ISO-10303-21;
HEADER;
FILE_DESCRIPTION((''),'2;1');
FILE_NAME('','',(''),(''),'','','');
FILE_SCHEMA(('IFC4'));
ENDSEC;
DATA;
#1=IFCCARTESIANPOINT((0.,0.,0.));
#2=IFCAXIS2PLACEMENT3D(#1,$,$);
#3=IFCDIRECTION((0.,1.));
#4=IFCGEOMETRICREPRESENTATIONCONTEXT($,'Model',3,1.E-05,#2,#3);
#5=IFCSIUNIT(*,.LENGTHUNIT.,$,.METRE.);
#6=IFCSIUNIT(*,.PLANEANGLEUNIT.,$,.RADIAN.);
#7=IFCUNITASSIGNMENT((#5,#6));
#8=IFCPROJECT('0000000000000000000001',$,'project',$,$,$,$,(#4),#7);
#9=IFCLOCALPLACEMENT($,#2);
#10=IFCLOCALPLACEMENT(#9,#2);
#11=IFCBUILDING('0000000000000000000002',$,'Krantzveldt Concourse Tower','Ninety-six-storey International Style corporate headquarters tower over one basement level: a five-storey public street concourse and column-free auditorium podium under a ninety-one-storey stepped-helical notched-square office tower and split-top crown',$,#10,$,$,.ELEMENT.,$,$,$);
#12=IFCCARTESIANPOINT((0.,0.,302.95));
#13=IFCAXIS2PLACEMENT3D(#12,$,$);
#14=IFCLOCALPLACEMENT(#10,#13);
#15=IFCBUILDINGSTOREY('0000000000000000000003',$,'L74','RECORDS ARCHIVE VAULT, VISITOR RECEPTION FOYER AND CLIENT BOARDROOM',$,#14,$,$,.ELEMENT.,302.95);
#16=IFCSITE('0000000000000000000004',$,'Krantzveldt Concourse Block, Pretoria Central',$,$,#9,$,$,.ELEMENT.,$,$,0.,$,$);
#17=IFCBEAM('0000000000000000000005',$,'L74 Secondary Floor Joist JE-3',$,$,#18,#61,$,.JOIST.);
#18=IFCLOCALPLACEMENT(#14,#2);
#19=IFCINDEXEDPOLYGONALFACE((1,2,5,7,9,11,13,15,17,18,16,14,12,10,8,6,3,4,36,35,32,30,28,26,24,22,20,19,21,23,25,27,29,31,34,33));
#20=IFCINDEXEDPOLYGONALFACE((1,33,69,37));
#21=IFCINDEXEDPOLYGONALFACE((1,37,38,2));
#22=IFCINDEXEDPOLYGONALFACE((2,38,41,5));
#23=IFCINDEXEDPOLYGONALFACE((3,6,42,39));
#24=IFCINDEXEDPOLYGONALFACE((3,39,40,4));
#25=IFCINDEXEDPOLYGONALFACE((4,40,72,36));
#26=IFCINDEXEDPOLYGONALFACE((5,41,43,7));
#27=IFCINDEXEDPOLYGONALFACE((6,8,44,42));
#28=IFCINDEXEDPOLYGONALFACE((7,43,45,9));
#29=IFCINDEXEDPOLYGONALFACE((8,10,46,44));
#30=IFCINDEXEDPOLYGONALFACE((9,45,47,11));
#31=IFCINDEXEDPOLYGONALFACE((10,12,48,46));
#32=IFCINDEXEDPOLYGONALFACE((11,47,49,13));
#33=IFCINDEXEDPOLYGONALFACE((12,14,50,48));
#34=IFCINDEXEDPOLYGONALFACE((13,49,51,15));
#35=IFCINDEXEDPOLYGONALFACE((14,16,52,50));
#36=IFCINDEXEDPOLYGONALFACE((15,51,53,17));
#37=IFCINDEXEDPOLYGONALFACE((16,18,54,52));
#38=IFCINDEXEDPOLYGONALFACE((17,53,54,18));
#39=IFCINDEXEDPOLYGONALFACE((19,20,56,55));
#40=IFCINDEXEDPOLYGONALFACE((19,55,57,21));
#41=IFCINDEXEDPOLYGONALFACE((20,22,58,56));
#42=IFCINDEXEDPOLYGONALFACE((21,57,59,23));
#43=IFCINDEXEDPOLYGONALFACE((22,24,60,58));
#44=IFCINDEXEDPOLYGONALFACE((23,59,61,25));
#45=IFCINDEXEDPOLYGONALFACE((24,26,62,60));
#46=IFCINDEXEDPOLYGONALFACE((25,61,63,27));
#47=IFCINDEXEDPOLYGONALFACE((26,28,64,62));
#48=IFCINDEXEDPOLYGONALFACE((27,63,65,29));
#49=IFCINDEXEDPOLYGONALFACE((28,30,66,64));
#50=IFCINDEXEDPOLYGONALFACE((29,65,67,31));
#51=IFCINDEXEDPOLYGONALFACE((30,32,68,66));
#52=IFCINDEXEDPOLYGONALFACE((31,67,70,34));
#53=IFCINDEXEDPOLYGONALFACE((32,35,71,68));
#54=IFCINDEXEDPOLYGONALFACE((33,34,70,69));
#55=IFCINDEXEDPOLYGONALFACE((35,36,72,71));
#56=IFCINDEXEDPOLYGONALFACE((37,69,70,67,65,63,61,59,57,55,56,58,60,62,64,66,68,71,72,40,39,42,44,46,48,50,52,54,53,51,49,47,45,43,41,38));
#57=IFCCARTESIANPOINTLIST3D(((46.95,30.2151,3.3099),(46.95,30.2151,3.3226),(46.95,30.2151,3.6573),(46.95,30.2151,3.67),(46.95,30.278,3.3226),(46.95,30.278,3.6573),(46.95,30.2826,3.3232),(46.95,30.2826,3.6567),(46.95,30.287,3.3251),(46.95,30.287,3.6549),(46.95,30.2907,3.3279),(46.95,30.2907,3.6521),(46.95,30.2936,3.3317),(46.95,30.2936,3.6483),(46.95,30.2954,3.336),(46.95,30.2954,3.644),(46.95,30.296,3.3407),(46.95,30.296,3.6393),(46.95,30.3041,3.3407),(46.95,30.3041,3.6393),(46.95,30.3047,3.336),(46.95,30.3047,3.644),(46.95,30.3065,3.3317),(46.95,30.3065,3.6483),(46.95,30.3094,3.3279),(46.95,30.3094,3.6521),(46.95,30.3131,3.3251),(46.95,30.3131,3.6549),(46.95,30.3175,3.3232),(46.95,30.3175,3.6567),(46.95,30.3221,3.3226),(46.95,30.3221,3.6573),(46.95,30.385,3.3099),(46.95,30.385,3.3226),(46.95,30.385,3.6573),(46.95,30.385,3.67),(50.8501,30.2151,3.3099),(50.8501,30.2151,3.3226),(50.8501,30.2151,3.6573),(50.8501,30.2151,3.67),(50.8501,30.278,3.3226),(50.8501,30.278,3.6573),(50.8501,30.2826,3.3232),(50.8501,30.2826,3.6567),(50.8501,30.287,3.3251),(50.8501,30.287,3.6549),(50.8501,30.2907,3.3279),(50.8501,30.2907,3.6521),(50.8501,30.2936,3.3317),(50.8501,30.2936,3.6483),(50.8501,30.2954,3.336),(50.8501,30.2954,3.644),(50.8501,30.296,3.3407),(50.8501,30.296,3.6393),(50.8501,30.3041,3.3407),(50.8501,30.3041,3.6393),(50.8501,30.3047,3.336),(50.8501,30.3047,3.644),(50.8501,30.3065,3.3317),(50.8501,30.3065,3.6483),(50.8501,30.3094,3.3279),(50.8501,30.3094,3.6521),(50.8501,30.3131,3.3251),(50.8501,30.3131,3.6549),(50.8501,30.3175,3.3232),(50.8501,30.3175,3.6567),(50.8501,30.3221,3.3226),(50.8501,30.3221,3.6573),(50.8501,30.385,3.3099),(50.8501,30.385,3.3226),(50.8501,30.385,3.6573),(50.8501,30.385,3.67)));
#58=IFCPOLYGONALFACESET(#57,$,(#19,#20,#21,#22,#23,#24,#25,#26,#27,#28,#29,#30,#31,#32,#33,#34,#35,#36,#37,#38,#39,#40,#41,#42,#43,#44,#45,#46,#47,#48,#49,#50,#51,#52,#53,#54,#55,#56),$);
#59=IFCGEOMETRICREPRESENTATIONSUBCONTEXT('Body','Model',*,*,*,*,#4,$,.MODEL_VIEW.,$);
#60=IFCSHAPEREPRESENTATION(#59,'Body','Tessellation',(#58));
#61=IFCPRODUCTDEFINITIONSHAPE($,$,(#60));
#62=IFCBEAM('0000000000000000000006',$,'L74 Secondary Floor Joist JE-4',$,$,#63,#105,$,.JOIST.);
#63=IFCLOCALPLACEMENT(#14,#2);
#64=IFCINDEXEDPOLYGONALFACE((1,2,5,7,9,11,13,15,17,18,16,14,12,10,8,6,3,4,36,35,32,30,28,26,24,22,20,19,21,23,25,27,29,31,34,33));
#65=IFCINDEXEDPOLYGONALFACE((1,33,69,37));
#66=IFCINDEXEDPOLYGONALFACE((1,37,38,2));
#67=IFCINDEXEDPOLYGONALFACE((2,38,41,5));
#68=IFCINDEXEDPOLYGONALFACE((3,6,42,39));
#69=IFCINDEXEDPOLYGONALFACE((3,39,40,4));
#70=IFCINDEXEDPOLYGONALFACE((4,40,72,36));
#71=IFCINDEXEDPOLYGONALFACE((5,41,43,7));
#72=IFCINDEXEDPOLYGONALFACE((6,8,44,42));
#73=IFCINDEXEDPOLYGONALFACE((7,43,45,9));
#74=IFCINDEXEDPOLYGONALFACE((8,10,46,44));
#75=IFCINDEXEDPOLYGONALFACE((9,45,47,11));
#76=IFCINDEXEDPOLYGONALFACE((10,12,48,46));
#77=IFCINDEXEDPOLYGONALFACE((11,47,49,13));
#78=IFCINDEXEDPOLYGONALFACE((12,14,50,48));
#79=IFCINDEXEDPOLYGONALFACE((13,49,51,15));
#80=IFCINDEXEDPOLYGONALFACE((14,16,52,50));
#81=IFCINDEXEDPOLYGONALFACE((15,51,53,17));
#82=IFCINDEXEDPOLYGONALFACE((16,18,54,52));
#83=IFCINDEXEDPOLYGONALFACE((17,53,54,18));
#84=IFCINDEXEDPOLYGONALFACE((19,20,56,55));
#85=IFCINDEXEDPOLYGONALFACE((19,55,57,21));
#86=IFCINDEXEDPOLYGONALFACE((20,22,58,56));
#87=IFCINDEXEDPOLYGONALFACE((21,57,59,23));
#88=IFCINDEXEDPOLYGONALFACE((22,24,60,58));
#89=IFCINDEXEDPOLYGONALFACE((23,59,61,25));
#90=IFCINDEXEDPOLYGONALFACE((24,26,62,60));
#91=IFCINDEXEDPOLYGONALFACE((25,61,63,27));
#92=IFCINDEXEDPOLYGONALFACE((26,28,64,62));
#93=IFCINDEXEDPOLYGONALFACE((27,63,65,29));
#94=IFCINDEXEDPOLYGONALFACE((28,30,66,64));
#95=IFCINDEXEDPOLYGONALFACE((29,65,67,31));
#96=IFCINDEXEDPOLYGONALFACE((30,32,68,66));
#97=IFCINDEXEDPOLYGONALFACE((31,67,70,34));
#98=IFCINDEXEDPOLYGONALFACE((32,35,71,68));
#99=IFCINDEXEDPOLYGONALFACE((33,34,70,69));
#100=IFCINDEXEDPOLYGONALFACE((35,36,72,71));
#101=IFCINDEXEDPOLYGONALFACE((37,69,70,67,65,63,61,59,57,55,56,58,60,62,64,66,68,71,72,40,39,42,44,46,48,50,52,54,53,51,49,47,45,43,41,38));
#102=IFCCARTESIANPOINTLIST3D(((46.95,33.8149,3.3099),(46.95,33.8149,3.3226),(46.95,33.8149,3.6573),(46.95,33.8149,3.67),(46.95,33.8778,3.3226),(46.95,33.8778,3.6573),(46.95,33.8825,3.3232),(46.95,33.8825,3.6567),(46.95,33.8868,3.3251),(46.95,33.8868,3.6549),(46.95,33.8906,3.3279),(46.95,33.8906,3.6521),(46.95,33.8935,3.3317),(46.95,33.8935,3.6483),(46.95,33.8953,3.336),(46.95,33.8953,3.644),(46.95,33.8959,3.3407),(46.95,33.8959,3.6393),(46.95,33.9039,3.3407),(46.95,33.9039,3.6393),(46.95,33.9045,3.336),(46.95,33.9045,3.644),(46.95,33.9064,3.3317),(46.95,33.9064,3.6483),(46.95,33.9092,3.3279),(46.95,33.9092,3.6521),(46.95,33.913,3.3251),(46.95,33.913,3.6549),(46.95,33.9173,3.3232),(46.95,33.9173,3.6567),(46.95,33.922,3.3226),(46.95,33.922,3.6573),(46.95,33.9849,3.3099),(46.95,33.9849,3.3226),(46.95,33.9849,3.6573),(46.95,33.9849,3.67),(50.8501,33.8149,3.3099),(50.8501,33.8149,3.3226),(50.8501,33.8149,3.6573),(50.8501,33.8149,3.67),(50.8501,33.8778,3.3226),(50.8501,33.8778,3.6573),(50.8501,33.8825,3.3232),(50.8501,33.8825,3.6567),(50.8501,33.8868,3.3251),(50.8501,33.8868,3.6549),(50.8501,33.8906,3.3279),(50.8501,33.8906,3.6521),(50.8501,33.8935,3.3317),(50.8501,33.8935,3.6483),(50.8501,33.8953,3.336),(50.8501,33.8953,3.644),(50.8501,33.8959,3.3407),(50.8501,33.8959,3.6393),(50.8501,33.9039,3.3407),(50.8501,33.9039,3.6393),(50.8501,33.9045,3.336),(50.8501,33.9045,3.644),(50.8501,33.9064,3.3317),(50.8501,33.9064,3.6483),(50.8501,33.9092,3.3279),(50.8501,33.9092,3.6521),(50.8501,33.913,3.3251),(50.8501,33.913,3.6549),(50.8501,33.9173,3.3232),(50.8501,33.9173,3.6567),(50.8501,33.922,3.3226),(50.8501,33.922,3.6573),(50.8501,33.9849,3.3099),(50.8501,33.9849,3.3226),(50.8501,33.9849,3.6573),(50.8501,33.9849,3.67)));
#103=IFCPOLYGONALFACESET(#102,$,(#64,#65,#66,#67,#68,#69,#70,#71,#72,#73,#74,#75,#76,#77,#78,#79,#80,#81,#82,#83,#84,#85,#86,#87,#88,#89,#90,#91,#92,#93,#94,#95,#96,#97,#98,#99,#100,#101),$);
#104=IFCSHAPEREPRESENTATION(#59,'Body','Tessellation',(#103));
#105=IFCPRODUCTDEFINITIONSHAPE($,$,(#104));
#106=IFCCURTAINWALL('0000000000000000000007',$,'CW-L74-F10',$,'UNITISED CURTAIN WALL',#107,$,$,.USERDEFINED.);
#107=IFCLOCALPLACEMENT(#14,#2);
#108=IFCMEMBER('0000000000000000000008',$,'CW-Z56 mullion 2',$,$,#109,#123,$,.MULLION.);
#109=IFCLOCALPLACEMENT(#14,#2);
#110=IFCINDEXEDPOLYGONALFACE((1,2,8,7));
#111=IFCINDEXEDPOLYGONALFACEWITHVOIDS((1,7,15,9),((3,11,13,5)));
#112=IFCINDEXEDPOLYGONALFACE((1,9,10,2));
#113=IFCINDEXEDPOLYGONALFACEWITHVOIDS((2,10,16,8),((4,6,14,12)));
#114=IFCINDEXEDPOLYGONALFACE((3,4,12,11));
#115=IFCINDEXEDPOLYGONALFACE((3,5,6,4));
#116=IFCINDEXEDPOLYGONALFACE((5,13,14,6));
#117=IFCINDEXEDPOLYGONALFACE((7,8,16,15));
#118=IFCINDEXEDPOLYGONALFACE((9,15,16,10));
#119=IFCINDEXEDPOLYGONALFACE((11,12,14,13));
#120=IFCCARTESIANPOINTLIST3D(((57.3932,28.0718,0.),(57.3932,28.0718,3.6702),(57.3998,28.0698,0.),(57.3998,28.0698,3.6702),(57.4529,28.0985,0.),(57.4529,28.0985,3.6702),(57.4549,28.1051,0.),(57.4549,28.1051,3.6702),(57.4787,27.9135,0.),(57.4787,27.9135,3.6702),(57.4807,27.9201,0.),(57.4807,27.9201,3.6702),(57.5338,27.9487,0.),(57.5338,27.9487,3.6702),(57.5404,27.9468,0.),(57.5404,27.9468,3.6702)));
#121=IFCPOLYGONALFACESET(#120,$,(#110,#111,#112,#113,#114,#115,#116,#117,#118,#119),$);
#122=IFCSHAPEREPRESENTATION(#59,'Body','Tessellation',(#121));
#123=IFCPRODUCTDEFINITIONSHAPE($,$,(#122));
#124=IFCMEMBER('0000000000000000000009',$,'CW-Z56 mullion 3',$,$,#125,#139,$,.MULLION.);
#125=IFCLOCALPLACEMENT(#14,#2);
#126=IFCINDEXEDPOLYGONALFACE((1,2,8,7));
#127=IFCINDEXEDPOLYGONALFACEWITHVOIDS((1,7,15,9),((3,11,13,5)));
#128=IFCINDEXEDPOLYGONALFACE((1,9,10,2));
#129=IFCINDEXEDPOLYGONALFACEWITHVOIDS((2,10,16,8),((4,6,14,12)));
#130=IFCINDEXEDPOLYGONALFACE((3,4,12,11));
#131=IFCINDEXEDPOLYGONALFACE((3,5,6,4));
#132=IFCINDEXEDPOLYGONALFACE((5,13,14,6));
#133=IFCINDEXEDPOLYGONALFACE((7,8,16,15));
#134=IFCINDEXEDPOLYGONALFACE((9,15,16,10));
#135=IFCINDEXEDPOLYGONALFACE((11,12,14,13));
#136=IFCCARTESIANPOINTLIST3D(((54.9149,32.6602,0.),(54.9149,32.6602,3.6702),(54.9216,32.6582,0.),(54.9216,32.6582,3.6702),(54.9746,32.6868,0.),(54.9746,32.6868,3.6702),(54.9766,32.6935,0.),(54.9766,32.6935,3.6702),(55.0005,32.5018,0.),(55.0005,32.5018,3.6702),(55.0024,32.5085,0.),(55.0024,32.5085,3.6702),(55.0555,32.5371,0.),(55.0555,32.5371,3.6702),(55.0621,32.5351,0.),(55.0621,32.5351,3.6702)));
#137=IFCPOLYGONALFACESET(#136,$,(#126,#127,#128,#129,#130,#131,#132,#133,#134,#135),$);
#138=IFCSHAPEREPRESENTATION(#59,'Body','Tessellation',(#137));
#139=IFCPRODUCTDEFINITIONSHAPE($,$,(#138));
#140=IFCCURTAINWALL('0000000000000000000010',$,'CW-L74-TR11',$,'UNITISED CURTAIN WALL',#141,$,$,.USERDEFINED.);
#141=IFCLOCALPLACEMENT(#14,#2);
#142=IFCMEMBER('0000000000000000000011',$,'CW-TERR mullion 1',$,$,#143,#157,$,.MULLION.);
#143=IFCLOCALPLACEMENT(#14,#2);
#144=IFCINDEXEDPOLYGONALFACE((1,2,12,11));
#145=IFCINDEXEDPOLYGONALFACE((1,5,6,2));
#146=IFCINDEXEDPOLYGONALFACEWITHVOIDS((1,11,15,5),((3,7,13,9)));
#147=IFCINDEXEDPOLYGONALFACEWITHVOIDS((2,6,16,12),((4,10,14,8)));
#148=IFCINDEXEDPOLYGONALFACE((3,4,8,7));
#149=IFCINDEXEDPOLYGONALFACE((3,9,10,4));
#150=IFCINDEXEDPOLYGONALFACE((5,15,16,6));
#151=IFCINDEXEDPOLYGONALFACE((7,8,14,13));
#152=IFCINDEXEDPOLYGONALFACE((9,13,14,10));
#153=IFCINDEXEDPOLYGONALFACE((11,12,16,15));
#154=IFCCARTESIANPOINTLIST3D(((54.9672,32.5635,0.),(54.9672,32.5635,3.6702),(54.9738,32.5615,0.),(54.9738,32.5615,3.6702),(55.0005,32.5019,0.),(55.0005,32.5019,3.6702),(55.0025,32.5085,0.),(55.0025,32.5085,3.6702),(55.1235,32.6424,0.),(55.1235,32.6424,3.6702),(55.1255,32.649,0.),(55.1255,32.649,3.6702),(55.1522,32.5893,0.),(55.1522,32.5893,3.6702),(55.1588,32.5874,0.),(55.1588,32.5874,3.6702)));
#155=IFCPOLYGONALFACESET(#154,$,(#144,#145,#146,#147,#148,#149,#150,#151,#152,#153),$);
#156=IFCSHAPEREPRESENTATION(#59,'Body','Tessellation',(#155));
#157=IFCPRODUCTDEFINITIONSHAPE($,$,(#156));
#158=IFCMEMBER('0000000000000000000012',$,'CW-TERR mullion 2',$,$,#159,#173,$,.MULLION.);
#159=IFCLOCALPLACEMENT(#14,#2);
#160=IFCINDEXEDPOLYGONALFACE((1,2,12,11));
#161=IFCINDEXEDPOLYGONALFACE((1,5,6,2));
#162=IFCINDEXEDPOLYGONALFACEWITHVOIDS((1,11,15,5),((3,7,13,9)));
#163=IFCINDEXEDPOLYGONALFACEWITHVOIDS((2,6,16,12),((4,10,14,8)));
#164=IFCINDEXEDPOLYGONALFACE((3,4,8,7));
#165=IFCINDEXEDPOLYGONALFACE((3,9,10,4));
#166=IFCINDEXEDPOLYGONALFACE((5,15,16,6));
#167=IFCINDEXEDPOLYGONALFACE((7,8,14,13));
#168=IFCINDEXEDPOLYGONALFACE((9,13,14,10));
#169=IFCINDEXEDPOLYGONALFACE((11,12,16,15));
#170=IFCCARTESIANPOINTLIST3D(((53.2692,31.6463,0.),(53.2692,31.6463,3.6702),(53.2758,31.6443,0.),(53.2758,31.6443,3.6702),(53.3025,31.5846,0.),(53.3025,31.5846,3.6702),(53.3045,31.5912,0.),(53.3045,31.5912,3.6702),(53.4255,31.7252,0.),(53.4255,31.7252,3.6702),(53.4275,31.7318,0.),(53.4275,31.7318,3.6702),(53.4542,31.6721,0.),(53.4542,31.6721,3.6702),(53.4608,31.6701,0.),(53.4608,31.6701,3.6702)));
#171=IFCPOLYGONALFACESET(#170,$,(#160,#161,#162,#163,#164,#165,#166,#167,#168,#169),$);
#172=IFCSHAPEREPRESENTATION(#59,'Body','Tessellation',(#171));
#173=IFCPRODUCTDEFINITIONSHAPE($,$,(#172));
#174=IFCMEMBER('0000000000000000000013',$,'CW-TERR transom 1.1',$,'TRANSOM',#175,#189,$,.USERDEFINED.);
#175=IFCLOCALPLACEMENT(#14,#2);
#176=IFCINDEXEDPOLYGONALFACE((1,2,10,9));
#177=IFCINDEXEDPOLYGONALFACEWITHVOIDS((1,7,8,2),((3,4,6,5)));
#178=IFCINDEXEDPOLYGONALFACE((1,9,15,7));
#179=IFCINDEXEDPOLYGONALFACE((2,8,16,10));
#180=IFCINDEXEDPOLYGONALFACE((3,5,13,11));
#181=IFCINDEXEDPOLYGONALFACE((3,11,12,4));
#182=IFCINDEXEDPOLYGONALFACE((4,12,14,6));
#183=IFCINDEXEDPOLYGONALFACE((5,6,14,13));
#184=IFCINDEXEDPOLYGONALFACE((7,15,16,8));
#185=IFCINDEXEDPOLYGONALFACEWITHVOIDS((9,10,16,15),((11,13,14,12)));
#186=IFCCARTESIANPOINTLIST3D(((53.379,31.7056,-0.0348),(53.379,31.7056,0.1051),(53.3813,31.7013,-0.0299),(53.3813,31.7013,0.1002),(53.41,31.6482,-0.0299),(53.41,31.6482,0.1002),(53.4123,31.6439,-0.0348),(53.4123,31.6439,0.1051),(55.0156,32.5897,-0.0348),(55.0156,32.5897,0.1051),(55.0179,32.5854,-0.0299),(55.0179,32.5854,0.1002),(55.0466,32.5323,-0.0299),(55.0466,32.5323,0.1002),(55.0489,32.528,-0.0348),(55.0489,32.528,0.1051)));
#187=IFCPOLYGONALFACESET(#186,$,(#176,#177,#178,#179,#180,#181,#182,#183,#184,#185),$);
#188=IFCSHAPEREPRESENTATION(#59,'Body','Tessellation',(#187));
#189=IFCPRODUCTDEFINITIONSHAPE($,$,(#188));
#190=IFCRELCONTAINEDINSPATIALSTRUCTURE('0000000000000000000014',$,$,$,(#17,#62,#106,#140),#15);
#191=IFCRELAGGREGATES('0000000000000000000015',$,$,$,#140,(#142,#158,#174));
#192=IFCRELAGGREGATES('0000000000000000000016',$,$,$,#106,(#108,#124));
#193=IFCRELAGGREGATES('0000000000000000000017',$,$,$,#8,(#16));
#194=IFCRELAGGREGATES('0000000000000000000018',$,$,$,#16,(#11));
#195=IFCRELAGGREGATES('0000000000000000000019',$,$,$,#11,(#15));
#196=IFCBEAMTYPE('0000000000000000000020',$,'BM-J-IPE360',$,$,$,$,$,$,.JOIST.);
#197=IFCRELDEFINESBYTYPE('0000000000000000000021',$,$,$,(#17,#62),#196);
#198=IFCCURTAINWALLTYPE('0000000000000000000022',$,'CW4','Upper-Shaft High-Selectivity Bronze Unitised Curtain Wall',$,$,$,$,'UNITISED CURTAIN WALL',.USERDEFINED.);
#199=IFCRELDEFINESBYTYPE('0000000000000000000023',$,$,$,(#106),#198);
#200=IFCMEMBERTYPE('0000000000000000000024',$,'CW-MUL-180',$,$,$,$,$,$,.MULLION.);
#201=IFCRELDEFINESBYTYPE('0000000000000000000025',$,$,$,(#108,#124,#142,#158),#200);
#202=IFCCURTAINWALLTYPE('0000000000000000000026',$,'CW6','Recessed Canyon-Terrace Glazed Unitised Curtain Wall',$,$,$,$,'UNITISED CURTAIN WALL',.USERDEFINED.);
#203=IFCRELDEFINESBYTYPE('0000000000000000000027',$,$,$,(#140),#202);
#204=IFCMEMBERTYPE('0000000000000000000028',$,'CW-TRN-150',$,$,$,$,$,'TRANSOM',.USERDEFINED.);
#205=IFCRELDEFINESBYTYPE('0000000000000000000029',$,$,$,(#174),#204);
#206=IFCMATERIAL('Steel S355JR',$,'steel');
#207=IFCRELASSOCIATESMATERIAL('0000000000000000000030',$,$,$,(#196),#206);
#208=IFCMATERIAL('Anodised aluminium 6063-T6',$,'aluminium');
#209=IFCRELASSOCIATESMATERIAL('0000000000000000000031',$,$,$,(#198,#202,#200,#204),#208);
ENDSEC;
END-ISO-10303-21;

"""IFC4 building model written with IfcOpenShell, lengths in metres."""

from ifc_helpers import new_model, si_unit, direction, frame, origin, origin_2d, place, context, subcontext, project, spatial, hollow_rectangle, i_section, extrude, source, transform, mapped, material, material_profile, profile_set, type_object, type_shapes, element, aggregate, save


model = new_model("IFC4")

# Units and contexts
model_context = context("Model", 3, precision=1e-05, world=origin(), true_north=direction((0.0, 1.0)))
body_context = subcontext(model_context, "Body", "Model", "MODEL_VIEW")
ifc_project = project(units=[si_unit("LENGTHUNIT", "METRE"), si_unit("PLANEANGLEUNIT", "RADIAN")], contexts=[model_context])

# Site, building, storey
site_placement = place(None, origin())
site = spatial("IfcSite", under=ifc_project, at=site_placement, Name="Krantzveldt Concourse Block, Pretoria Central", CompositionType="ELEMENT", RefElevation=0.0)
building_placement = place(site_placement, origin())
building = spatial("IfcBuilding", under=site, at=building_placement, Name="Krantzveldt Concourse Tower", Description="Ninety-six-storey International Style corporate headquarters tower over one basement level: a five-storey public street concourse and column-free auditorium podium under a ninety-one-storey stepped-helical notched-square office tower and split-top crown", CompositionType="ELEMENT")
storey_placement = place(building_placement, frame((0.0, 0.0, 302.95)))
storey = spatial("IfcBuildingStorey", under=building, at=storey_placement, Name="L74", Description="RECORDS ARCHIVE VAULT, VISITOR RECEPTION FOYER AND CLIENT BOARDROOM", CompositionType="ELEMENT", Elevation=302.95)

# Beams
ifc_material_1 = material(Name="Steel S355JR", Category="steel")
ifc_material_profile_1 = material_profile(ifc_material_1, i_section(OverallWidth=0.1699, OverallDepth=0.3601, WebThickness=0.0081, FlangeThickness=0.0127, FilletRadius=0.0181, at=origin_2d()), Name="Steel S355JR", Category="steel")
ifc_profile_set_1 = profile_set([ifc_material_profile_1], Name="Steel S355JR - IPE 360")
beam_type_1 = type_object("IfcBeamType", Name="BM-J-IPE360", PredefinedType="JOIST", material=ifc_profile_set_1)
shared_shape_1 = source(origin(), body_context, "Body", "SweptSolid", [
    extrude(i_section(OverallWidth=0.1699, OverallDepth=0.3601, WebThickness=0.0081, FlangeThickness=0.0127, FilletRadius=0.0181, at=origin_2d()), origin(), (0.0, 0.0, 1.0), 3.9001),
])
type_shapes(beam_type_1, [shared_shape_1])
for number, where, z_axis, x_axis, name in (
    (1, (46.95, 30.3, 3.49), (1.0, 0.0, 0.0), (0.0, 1.0, 0.0), "L74 Secondary Floor Joist JE-3"),
    (2, (46.95, 33.8999, 3.49), (1.0, 0.0, 0.0), (0.0, 1.0, 0.0), "L74 Secondary Floor Joist JE-4"),
):
    element("IfcBeam", number, at=place(storey_placement, frame(where, z_axis=z_axis, x_axis=x_axis)), inside=storey, type_object=beam_type_1, Name=name, PredefinedType="JOIST", context=body_context, shape_type="MappedRepresentation", body=[
        mapped(shared_shape_1, transform((0.0, 0.0, 0.0), x_axis=(1.0, 0.0, 0.0), y_axis=(0.0, 1.0, 0.0), z_axis=(0.0, 0.0, 1.0), scale=1.0)),
    ])

# Curtain walls, members
ifc_material_2 = material(Name="Anodised aluminium 6063-T6", Category="aluminium")
curtain_wall_type_1 = type_object("IfcCurtainWallType", Name="CW4", Description="Upper-Shaft High-Selectivity Bronze Unitised Curtain Wall", ElementType="UNITISED CURTAIN WALL", PredefinedType="USERDEFINED", material=ifc_material_2)
curtain_wall_1_placement = place(storey_placement, origin())
curtain_wall_1 = element("IfcCurtainWall", 3, at=curtain_wall_1_placement, inside=storey, type_object=curtain_wall_type_1, Name="CW-L74-F10", ObjectType="UNITISED CURTAIN WALL", PredefinedType="USERDEFINED")
ifc_material_profile_2 = material_profile(ifc_material_2, hollow_rectangle(XDim=0.0701, YDim=0.1799, WallThickness=0.0049, at=origin_2d()), Name="Anodised aluminium 6063-T6", Category="aluminium")
ifc_profile_set_2 = profile_set([ifc_material_profile_2], Name="Anodised aluminium 6063-T6 - ALU-MULL 180x70x5")
member_type_1 = type_object("IfcMemberType", Name="CW-MUL-180", PredefinedType="MULLION", material=ifc_profile_set_2)
shared_shape_2 = source(origin(), body_context, "Body", "SweptSolid", [
    extrude(hollow_rectangle(XDim=0.0701, YDim=0.1799, WallThickness=0.0049, at=origin_2d()), origin(), (0.0, 0.0, 1.0), 3.6702),
])
type_shapes(member_type_1, [shared_shape_2])
member_1_placement = place(storey_placement, frame((57.4668, 28.0093, 0.0), z_axis=(0.0, 0.0, 1.0), x_axis=(-0.879856, -0.47524, 0.0)))
member_1 = element("IfcMember", 4, at=member_1_placement, type_object=member_type_1, Name="CW-Z56 mullion 2", PredefinedType="MULLION", context=body_context, shape_type="MappedRepresentation", body=[
    mapped(shared_shape_2, transform((0.0, 0.0, 0.0), x_axis=(1.0, 0.0, 0.0), y_axis=(0.0, 1.0, 0.0), z_axis=(0.0, 0.0, 1.0), scale=1.0)),
])
member_2_placement = place(storey_placement, frame((54.9885, 32.5977, 0.0), z_axis=(0.0, 0.0, 1.0), x_axis=(-0.879856, -0.47524, 0.0)))
member_2 = element("IfcMember", 5, at=member_2_placement, type_object=member_type_1, Name="CW-Z56 mullion 3", PredefinedType="MULLION", context=body_context, shape_type="MappedRepresentation", body=[
    mapped(shared_shape_2, transform((0.0, 0.0, 0.0), x_axis=(1.0, 0.0, 0.0), y_axis=(0.0, 1.0, 0.0), z_axis=(0.0, 0.0, 1.0), scale=1.0)),
])
curtain_wall_type_2 = type_object("IfcCurtainWallType", Name="CW6", Description="Recessed Canyon-Terrace Glazed Unitised Curtain Wall", ElementType="UNITISED CURTAIN WALL", PredefinedType="USERDEFINED", material=ifc_material_2)
curtain_wall_2_placement = place(storey_placement, origin())
curtain_wall_2 = element("IfcCurtainWall", 6, at=curtain_wall_2_placement, inside=storey, type_object=curtain_wall_type_2, Name="CW-L74-TR11", ObjectType="UNITISED CURTAIN WALL", PredefinedType="USERDEFINED")
member_3_placement = place(storey_placement, frame((55.063, 32.5754, 0.0), z_axis=(0.0, 0.0, 1.0), x_axis=(0.475241, -0.879856, 0.0)))
member_3 = element("IfcMember", 7, at=member_3_placement, type_object=member_type_1, Name="CW-TERR mullion 1", PredefinedType="MULLION", context=body_context, shape_type="MappedRepresentation", body=[
    mapped(shared_shape_2, transform((0.0, 0.0, 0.0), x_axis=(1.0, 0.0, 0.0), y_axis=(0.0, 1.0, 0.0), z_axis=(0.0, 0.0, 1.0), scale=1.0)),
])
member_4_placement = place(storey_placement, frame((53.365, 31.6582, 0.0), z_axis=(0.0, 0.0, 1.0), x_axis=(0.475241, -0.879856, 0.0)))
member_4 = element("IfcMember", 8, at=member_4_placement, type_object=member_type_1, Name="CW-TERR mullion 2", PredefinedType="MULLION", context=body_context, shape_type="MappedRepresentation", body=[
    mapped(shared_shape_2, transform((0.0, 0.0, 0.0), x_axis=(1.0, 0.0, 0.0), y_axis=(0.0, 1.0, 0.0), z_axis=(0.0, 0.0, 1.0), scale=1.0)),
])
ifc_material_profile_3 = material_profile(ifc_material_2, hollow_rectangle(XDim=0.0701, YDim=0.1399, WallThickness=0.0049, at=origin_2d()), Name="Anodised aluminium 6063-T6", Category="aluminium")
ifc_profile_set_3 = profile_set([ifc_material_profile_3], Name="Anodised aluminium 6063-T6 - ALU-TRAN 140x70x5")
member_type_2 = type_object("IfcMemberType", Name="CW-TRN-150", ElementType="TRANSOM", PredefinedType="USERDEFINED", material=ifc_profile_set_3)
shared_shape_3 = source(origin(), body_context, "Body", "SweptSolid", [
    extrude(hollow_rectangle(XDim=0.0701, YDim=0.1399, WallThickness=0.0049, at=origin_2d()), origin(), (0.0, 0.0, 1.0), 1.8601),
])
member_5_placement = place(storey_placement, frame((55.0322, 32.5588, 0.0352), z_axis=(-0.87983, -0.475289, 0.0), x_axis=(0.475289, -0.87983, 0.0)))
member_5 = element("IfcMember", 9, at=member_5_placement, type_object=member_type_2, Name="CW-TERR transom 1.1", ObjectType="TRANSOM", PredefinedType="USERDEFINED", context=body_context, shape_type="MappedRepresentation", body=[
    mapped(shared_shape_3, transform((0.0, 0.0, 0.0), x_axis=(1.0, 0.0, 0.0), y_axis=(0.0, 1.0, 0.0), z_axis=(0.0, 0.0, 1.0), scale=1.0)),
])

aggregate(curtain_wall_2, [member_3, member_4, member_5])
aggregate(curtain_wall_1, [member_1, member_2])

save(model, "model.ifc")
